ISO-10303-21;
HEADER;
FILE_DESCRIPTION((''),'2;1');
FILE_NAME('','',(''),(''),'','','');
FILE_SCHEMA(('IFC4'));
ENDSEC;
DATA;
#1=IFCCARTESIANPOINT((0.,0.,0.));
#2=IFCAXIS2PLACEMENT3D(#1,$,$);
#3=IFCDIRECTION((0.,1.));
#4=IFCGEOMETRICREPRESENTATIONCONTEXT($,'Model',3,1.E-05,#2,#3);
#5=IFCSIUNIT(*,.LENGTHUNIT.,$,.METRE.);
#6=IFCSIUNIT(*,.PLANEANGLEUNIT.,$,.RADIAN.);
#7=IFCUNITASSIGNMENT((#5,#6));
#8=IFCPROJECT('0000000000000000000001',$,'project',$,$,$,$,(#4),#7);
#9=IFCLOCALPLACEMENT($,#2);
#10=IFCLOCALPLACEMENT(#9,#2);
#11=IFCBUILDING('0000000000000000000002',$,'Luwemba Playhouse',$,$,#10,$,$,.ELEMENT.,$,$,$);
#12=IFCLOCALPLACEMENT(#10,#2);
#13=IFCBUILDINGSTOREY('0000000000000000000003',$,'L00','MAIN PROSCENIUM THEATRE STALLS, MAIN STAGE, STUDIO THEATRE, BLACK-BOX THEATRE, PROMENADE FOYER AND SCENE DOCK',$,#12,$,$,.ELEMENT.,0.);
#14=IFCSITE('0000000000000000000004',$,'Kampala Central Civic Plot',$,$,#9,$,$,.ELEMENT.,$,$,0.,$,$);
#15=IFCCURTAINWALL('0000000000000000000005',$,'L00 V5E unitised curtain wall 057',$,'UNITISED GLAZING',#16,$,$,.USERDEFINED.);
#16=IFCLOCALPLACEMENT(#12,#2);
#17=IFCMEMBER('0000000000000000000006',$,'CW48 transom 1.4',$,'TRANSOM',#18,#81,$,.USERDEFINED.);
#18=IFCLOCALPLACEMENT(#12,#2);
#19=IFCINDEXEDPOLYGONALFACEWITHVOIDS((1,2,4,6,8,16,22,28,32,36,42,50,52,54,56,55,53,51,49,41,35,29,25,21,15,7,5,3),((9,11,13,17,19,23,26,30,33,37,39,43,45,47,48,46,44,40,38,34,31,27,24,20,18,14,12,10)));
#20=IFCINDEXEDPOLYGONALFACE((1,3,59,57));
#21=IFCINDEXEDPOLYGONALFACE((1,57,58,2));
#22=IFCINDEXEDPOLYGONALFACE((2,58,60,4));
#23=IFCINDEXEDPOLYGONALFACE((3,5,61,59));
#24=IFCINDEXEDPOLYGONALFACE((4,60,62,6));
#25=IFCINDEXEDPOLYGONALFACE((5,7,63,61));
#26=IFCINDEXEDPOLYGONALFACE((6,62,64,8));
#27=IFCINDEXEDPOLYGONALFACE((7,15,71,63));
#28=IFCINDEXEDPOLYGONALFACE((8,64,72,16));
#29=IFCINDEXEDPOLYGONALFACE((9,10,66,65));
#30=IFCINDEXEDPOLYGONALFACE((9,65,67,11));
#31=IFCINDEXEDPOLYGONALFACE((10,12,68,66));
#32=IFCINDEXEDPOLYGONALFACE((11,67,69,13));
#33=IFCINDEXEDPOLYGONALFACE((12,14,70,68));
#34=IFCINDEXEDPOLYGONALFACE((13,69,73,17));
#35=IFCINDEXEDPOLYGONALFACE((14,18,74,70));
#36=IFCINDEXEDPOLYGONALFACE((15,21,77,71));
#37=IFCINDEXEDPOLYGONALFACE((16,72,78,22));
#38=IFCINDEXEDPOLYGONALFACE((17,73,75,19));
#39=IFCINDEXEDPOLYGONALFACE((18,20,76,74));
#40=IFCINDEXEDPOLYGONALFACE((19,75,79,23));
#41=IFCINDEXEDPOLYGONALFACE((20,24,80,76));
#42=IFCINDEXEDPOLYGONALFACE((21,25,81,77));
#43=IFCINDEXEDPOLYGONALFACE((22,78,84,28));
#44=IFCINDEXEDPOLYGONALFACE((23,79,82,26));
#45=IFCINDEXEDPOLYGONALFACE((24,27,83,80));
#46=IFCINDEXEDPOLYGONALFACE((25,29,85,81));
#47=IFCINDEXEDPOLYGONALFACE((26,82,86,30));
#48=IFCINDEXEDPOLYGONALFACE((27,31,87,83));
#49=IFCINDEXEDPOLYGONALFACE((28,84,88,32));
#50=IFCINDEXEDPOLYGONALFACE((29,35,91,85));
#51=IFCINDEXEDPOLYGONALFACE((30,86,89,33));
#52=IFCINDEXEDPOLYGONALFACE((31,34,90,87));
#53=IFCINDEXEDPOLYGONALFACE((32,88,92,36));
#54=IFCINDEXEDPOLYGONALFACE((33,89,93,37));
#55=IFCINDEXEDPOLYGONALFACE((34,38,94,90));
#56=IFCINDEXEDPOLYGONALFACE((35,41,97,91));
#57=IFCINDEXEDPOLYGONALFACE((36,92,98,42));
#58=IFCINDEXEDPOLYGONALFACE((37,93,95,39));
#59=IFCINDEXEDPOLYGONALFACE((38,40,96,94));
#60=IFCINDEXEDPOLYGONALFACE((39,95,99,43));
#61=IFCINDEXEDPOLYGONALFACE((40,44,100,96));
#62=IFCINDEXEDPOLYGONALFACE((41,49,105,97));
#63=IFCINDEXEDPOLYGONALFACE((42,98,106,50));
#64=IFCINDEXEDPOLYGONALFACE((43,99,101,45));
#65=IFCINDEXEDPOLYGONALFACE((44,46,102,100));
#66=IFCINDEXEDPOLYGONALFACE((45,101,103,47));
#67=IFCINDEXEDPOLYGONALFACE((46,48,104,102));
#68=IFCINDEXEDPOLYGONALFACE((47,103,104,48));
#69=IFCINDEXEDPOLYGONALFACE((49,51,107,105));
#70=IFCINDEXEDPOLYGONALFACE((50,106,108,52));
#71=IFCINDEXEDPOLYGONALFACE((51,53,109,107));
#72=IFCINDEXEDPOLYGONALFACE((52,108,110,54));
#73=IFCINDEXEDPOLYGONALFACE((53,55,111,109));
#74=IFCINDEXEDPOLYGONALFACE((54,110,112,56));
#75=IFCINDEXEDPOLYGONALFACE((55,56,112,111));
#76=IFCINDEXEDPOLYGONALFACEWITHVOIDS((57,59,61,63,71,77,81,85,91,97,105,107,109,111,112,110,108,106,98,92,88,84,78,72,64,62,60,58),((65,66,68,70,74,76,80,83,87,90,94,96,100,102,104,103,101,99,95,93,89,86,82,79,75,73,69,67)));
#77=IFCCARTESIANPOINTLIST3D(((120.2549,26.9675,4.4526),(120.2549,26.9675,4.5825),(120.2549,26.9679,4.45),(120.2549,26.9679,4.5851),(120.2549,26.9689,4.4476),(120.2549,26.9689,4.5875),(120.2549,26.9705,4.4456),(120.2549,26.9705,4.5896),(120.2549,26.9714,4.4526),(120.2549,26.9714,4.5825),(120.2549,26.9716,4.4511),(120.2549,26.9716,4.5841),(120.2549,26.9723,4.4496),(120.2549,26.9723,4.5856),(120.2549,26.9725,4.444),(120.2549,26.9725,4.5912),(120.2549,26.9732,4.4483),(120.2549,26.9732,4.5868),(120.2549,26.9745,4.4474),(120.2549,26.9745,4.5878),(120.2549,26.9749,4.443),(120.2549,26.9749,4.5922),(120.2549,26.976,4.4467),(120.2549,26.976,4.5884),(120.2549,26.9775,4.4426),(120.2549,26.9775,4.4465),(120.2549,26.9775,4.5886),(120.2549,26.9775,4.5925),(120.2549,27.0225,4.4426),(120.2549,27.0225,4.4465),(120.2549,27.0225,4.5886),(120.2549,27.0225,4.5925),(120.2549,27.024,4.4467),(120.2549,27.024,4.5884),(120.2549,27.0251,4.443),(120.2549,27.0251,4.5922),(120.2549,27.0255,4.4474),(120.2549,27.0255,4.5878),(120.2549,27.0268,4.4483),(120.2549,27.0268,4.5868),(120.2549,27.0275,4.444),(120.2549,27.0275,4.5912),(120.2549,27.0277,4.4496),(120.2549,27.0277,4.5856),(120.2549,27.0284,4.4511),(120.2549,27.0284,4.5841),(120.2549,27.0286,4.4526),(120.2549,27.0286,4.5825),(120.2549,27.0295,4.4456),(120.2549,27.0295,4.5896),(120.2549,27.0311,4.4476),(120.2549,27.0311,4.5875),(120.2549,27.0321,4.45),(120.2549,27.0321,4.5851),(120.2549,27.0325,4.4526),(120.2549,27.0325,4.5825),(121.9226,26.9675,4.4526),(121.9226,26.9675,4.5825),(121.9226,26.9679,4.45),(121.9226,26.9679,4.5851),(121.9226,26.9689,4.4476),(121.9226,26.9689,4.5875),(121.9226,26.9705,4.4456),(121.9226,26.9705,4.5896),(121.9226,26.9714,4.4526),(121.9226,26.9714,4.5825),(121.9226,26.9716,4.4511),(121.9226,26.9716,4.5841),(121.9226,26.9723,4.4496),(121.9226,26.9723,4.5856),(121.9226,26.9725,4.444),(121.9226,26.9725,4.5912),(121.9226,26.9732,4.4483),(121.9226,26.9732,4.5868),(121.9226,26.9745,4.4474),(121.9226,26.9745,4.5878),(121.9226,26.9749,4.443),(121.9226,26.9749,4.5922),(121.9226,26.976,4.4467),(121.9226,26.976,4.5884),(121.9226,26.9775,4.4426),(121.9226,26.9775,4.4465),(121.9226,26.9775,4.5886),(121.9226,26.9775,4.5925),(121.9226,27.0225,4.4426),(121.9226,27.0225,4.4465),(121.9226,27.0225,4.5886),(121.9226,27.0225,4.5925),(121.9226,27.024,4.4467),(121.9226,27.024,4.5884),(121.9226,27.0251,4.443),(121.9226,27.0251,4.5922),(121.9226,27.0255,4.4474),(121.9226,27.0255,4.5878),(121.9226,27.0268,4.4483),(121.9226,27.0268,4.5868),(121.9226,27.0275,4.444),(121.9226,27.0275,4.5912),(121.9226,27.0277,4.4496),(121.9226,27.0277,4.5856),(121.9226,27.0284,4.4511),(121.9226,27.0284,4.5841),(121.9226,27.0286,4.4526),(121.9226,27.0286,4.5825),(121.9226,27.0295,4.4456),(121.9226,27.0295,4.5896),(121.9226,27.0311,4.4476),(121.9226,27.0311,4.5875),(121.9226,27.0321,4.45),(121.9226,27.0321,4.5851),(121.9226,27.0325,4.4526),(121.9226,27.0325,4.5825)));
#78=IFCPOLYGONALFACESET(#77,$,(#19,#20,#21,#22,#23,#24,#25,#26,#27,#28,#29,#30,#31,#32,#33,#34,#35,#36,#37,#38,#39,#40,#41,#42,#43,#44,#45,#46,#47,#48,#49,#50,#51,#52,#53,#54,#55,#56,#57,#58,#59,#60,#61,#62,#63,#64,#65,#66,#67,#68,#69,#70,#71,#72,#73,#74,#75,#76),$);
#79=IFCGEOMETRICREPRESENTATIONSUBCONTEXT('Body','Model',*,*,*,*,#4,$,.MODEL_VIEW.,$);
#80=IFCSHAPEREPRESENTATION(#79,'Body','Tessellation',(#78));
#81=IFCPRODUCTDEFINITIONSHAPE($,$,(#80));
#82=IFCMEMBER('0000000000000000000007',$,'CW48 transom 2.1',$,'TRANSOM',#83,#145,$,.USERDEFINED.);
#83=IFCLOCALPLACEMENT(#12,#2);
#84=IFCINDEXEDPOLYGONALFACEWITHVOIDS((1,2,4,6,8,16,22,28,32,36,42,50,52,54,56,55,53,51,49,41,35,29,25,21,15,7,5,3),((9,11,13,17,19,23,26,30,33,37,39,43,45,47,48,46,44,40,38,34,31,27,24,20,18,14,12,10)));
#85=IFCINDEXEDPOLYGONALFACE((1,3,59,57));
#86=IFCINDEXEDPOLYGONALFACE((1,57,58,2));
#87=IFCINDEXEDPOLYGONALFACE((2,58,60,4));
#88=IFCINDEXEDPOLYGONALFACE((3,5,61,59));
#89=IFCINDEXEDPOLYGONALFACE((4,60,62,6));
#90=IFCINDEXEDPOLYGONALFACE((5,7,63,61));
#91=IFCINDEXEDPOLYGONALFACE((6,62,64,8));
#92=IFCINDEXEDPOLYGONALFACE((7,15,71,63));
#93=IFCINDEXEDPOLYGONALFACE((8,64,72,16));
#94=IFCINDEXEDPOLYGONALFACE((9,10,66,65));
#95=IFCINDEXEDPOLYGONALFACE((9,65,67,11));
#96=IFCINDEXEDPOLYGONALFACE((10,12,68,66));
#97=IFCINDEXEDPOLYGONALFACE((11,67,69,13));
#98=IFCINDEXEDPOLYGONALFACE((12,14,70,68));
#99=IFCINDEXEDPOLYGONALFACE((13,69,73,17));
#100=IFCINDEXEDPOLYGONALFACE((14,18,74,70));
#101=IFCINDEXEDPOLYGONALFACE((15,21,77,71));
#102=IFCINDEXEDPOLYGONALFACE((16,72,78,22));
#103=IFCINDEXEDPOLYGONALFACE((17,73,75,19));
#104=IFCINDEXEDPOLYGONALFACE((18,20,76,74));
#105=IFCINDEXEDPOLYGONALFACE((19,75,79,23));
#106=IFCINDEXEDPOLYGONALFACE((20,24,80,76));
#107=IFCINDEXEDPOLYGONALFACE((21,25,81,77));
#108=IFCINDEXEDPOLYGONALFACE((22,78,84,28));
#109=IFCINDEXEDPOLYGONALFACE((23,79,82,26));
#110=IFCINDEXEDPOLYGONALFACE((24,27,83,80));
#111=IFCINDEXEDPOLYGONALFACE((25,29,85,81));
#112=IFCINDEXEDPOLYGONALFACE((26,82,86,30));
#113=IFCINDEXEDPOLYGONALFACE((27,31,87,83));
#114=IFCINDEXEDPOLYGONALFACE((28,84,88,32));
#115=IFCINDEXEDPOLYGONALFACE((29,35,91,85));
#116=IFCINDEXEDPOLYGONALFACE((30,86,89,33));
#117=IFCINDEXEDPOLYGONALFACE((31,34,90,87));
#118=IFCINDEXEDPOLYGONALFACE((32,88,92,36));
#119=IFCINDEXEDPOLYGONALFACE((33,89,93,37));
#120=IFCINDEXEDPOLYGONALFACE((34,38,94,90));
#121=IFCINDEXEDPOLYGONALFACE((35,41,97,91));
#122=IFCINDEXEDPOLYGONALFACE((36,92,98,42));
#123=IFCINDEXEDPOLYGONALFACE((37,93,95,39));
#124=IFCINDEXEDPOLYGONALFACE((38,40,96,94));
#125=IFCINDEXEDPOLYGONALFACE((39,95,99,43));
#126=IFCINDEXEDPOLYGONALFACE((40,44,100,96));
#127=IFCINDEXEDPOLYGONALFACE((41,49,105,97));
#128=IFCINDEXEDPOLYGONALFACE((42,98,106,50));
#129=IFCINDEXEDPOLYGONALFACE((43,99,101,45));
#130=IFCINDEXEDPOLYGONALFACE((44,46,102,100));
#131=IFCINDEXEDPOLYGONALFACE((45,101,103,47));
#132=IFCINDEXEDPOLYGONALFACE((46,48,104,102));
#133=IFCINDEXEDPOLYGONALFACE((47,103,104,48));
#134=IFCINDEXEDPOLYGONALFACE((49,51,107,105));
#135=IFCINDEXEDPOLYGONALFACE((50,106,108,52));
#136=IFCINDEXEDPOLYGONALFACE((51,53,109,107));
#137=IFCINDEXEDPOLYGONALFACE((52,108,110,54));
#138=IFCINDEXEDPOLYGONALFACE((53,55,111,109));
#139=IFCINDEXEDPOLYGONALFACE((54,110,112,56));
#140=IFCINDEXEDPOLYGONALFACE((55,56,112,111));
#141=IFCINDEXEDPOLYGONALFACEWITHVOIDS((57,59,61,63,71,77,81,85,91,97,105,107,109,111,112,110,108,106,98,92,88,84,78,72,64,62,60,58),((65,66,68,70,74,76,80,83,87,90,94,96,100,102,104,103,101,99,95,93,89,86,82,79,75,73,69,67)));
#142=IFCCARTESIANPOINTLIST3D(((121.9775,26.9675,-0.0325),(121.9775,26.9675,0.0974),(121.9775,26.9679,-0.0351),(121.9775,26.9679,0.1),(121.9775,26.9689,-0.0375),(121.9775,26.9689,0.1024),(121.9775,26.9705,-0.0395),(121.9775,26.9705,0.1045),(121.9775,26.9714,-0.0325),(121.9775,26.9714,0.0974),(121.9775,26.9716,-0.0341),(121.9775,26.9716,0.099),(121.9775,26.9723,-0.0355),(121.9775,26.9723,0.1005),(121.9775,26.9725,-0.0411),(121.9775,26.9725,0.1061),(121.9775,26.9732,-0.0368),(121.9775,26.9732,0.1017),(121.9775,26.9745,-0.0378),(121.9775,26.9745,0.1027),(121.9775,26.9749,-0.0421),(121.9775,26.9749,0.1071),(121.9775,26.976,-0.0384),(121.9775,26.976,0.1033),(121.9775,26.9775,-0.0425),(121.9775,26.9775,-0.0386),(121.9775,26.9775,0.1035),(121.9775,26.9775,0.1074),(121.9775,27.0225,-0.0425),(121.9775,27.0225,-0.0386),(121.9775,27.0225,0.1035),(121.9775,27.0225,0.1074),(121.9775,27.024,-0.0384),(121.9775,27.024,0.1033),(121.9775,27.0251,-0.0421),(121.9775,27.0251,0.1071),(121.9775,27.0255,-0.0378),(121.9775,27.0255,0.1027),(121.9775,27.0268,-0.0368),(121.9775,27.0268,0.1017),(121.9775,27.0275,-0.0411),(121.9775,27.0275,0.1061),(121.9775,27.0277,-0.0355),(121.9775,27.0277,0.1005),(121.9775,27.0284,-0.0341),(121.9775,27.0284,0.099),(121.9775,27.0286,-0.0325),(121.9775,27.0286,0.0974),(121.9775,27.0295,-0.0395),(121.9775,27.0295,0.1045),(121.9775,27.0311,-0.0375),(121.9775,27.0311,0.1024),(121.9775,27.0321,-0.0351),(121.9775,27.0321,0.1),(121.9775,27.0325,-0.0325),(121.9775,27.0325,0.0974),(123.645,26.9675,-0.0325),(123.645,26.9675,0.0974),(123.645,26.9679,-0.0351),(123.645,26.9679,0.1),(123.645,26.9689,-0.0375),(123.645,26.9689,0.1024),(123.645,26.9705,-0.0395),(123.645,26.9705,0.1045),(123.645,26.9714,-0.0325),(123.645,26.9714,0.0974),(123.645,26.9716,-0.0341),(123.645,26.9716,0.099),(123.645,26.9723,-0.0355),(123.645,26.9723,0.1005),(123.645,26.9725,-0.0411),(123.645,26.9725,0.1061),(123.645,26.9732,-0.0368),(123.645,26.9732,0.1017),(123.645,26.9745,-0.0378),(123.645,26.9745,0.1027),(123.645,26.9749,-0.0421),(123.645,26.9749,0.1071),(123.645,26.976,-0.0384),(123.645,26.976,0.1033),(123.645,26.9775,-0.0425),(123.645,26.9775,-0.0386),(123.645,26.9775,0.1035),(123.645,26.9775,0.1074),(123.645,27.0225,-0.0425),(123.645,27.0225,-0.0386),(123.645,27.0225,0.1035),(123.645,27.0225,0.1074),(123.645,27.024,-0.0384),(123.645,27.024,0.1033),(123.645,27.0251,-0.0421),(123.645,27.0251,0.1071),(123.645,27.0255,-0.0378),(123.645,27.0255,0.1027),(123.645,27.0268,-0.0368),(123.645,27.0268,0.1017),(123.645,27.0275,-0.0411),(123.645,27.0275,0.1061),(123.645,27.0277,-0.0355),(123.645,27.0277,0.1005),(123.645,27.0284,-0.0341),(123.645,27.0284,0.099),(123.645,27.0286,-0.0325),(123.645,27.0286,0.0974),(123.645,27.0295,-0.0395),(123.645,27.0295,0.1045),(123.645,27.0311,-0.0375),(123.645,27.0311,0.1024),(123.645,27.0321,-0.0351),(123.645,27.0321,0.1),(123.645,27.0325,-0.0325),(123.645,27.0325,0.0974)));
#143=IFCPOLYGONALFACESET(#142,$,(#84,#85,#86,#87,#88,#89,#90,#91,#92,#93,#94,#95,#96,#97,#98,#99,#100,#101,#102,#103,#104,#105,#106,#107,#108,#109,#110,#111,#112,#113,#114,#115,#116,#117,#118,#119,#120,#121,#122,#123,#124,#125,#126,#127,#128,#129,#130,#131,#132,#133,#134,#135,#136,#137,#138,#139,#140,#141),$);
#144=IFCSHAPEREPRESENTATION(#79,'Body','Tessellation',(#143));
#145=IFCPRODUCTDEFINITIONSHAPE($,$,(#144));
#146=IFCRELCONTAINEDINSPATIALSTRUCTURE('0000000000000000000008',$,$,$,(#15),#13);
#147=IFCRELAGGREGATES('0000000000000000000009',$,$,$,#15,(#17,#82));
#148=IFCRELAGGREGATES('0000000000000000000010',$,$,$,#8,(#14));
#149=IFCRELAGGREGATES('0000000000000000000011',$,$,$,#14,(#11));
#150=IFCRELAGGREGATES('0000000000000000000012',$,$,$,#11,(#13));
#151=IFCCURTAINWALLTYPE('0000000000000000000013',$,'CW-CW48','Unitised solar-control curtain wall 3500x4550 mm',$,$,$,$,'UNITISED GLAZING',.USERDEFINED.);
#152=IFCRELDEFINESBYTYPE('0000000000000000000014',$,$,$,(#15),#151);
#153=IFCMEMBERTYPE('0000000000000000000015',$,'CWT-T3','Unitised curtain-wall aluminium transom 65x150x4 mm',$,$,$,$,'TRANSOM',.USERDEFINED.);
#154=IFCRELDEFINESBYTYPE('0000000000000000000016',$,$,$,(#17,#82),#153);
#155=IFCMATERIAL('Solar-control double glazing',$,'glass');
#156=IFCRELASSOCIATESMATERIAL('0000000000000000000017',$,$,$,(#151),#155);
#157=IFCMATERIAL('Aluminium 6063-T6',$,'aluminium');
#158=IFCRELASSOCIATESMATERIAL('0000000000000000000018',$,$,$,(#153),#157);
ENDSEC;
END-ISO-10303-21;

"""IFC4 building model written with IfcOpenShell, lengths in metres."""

from ifc_helpers import new_model, si_unit, direction, frame, origin, origin_2d, place, context, subcontext, project, spatial, hollow_rectangle, extrude, material, material_profile, profile_set, type_object, element, aggregate, save


model = new_model("IFC4")

# Units and contexts
model_context = context("Model", 3, precision=1e-05, world=origin(), true_north=direction((0.0, 1.0)))
body_context = subcontext(model_context, "Body", "Model", "MODEL_VIEW")
ifc_project = project(units=[si_unit("LENGTHUNIT", "METRE"), si_unit("PLANEANGLEUNIT", "RADIAN")], contexts=[model_context])

# Site, building, storey
site_placement = place(None, origin())
site = spatial("IfcSite", under=ifc_project, at=site_placement, Name="Kampala Central Civic Plot", CompositionType="ELEMENT", RefElevation=0.0)
building_placement = place(site_placement, origin())
building = spatial("IfcBuilding", under=site, at=building_placement, Name="Luwemba Playhouse", CompositionType="ELEMENT")
storey_placement = place(building_placement, origin())
storey = spatial("IfcBuildingStorey", under=building, at=storey_placement, Name="L00", Description="MAIN PROSCENIUM THEATRE STALLS, MAIN STAGE, STUDIO THEATRE, BLACK-BOX THEATRE, PROMENADE FOYER AND SCENE DOCK", CompositionType="ELEMENT", Elevation=0.0)

# Shared definitions
ifc_material_1 = material(Name="Solar-control double glazing", Category="glass")
ifc_material_2 = material(Name="Aluminium 6063-T6", Category="aluminium")

# Curtain wall
curtain_wall_type_1 = type_object("IfcCurtainWallType", Name="CW-CW48", Description="Unitised solar-control curtain wall 3500x4550 mm", ElementType="UNITISED GLAZING", PredefinedType="USERDEFINED", material=ifc_material_1)
curtain_wall_1_placement = place(storey_placement, origin())
curtain_wall_1 = element("IfcCurtainWall", 1, at=curtain_wall_1_placement, inside=storey, type_object=curtain_wall_type_1, Name="L00 V5E unitised curtain wall 057", ObjectType="UNITISED GLAZING", PredefinedType="USERDEFINED")

# Members
ifc_material_profile_1 = material_profile(ifc_material_2, hollow_rectangle(XDim=0.0649, YDim=0.1499, WallThickness=0.0039, InnerFilletRadius=0.0061, OuterFilletRadius=0.01, at=origin_2d()))
ifc_profile_set_1 = profile_set([ifc_material_profile_1], Name="Aluminium 6063-T6")
member_type_1 = type_object("IfcMemberType", Name="CWT-T3", Description="Unitised curtain-wall aluminium transom 65x150x4 mm", ElementType="TRANSOM", PredefinedType="USERDEFINED", material=ifc_profile_set_1)
member_1_placement = place(storey_placement, frame((120.2549, 27.0, 4.5176), z_axis=(1.0, 0.0, 0.0), x_axis=(0.0, 1.0, 0.0)))
member_1 = element("IfcMember", 2, at=member_1_placement, type_object=member_type_1, Name="CW48 transom 1.4", ObjectType="TRANSOM", PredefinedType="USERDEFINED", context=body_context, shape_type="SweptSolid", body=[
    extrude(hollow_rectangle(XDim=0.0649, YDim=0.1499, WallThickness=0.0039, InnerFilletRadius=0.0061, OuterFilletRadius=0.01, at=origin_2d()), origin(), (0.0, 0.0, 1.0), 1.6677),
])
member_2_placement = place(storey_placement, frame((121.9775, 27.0, 0.0325), z_axis=(1.0, 0.0, 0.0), x_axis=(0.0, 1.0, 0.0)))
member_2 = element("IfcMember", 3, at=member_2_placement, type_object=member_type_1, Name="CW48 transom 2.1", ObjectType="TRANSOM", PredefinedType="USERDEFINED", context=body_context, shape_type="SweptSolid", body=[
    extrude(hollow_rectangle(XDim=0.0649, YDim=0.1499, WallThickness=0.0039, InnerFilletRadius=0.0061, OuterFilletRadius=0.01, at=origin_2d()), origin(), (0.0, 0.0, 1.0), 1.6675),
])

aggregate(curtain_wall_1, [member_1, member_2])

save(model, "model.ifc")
